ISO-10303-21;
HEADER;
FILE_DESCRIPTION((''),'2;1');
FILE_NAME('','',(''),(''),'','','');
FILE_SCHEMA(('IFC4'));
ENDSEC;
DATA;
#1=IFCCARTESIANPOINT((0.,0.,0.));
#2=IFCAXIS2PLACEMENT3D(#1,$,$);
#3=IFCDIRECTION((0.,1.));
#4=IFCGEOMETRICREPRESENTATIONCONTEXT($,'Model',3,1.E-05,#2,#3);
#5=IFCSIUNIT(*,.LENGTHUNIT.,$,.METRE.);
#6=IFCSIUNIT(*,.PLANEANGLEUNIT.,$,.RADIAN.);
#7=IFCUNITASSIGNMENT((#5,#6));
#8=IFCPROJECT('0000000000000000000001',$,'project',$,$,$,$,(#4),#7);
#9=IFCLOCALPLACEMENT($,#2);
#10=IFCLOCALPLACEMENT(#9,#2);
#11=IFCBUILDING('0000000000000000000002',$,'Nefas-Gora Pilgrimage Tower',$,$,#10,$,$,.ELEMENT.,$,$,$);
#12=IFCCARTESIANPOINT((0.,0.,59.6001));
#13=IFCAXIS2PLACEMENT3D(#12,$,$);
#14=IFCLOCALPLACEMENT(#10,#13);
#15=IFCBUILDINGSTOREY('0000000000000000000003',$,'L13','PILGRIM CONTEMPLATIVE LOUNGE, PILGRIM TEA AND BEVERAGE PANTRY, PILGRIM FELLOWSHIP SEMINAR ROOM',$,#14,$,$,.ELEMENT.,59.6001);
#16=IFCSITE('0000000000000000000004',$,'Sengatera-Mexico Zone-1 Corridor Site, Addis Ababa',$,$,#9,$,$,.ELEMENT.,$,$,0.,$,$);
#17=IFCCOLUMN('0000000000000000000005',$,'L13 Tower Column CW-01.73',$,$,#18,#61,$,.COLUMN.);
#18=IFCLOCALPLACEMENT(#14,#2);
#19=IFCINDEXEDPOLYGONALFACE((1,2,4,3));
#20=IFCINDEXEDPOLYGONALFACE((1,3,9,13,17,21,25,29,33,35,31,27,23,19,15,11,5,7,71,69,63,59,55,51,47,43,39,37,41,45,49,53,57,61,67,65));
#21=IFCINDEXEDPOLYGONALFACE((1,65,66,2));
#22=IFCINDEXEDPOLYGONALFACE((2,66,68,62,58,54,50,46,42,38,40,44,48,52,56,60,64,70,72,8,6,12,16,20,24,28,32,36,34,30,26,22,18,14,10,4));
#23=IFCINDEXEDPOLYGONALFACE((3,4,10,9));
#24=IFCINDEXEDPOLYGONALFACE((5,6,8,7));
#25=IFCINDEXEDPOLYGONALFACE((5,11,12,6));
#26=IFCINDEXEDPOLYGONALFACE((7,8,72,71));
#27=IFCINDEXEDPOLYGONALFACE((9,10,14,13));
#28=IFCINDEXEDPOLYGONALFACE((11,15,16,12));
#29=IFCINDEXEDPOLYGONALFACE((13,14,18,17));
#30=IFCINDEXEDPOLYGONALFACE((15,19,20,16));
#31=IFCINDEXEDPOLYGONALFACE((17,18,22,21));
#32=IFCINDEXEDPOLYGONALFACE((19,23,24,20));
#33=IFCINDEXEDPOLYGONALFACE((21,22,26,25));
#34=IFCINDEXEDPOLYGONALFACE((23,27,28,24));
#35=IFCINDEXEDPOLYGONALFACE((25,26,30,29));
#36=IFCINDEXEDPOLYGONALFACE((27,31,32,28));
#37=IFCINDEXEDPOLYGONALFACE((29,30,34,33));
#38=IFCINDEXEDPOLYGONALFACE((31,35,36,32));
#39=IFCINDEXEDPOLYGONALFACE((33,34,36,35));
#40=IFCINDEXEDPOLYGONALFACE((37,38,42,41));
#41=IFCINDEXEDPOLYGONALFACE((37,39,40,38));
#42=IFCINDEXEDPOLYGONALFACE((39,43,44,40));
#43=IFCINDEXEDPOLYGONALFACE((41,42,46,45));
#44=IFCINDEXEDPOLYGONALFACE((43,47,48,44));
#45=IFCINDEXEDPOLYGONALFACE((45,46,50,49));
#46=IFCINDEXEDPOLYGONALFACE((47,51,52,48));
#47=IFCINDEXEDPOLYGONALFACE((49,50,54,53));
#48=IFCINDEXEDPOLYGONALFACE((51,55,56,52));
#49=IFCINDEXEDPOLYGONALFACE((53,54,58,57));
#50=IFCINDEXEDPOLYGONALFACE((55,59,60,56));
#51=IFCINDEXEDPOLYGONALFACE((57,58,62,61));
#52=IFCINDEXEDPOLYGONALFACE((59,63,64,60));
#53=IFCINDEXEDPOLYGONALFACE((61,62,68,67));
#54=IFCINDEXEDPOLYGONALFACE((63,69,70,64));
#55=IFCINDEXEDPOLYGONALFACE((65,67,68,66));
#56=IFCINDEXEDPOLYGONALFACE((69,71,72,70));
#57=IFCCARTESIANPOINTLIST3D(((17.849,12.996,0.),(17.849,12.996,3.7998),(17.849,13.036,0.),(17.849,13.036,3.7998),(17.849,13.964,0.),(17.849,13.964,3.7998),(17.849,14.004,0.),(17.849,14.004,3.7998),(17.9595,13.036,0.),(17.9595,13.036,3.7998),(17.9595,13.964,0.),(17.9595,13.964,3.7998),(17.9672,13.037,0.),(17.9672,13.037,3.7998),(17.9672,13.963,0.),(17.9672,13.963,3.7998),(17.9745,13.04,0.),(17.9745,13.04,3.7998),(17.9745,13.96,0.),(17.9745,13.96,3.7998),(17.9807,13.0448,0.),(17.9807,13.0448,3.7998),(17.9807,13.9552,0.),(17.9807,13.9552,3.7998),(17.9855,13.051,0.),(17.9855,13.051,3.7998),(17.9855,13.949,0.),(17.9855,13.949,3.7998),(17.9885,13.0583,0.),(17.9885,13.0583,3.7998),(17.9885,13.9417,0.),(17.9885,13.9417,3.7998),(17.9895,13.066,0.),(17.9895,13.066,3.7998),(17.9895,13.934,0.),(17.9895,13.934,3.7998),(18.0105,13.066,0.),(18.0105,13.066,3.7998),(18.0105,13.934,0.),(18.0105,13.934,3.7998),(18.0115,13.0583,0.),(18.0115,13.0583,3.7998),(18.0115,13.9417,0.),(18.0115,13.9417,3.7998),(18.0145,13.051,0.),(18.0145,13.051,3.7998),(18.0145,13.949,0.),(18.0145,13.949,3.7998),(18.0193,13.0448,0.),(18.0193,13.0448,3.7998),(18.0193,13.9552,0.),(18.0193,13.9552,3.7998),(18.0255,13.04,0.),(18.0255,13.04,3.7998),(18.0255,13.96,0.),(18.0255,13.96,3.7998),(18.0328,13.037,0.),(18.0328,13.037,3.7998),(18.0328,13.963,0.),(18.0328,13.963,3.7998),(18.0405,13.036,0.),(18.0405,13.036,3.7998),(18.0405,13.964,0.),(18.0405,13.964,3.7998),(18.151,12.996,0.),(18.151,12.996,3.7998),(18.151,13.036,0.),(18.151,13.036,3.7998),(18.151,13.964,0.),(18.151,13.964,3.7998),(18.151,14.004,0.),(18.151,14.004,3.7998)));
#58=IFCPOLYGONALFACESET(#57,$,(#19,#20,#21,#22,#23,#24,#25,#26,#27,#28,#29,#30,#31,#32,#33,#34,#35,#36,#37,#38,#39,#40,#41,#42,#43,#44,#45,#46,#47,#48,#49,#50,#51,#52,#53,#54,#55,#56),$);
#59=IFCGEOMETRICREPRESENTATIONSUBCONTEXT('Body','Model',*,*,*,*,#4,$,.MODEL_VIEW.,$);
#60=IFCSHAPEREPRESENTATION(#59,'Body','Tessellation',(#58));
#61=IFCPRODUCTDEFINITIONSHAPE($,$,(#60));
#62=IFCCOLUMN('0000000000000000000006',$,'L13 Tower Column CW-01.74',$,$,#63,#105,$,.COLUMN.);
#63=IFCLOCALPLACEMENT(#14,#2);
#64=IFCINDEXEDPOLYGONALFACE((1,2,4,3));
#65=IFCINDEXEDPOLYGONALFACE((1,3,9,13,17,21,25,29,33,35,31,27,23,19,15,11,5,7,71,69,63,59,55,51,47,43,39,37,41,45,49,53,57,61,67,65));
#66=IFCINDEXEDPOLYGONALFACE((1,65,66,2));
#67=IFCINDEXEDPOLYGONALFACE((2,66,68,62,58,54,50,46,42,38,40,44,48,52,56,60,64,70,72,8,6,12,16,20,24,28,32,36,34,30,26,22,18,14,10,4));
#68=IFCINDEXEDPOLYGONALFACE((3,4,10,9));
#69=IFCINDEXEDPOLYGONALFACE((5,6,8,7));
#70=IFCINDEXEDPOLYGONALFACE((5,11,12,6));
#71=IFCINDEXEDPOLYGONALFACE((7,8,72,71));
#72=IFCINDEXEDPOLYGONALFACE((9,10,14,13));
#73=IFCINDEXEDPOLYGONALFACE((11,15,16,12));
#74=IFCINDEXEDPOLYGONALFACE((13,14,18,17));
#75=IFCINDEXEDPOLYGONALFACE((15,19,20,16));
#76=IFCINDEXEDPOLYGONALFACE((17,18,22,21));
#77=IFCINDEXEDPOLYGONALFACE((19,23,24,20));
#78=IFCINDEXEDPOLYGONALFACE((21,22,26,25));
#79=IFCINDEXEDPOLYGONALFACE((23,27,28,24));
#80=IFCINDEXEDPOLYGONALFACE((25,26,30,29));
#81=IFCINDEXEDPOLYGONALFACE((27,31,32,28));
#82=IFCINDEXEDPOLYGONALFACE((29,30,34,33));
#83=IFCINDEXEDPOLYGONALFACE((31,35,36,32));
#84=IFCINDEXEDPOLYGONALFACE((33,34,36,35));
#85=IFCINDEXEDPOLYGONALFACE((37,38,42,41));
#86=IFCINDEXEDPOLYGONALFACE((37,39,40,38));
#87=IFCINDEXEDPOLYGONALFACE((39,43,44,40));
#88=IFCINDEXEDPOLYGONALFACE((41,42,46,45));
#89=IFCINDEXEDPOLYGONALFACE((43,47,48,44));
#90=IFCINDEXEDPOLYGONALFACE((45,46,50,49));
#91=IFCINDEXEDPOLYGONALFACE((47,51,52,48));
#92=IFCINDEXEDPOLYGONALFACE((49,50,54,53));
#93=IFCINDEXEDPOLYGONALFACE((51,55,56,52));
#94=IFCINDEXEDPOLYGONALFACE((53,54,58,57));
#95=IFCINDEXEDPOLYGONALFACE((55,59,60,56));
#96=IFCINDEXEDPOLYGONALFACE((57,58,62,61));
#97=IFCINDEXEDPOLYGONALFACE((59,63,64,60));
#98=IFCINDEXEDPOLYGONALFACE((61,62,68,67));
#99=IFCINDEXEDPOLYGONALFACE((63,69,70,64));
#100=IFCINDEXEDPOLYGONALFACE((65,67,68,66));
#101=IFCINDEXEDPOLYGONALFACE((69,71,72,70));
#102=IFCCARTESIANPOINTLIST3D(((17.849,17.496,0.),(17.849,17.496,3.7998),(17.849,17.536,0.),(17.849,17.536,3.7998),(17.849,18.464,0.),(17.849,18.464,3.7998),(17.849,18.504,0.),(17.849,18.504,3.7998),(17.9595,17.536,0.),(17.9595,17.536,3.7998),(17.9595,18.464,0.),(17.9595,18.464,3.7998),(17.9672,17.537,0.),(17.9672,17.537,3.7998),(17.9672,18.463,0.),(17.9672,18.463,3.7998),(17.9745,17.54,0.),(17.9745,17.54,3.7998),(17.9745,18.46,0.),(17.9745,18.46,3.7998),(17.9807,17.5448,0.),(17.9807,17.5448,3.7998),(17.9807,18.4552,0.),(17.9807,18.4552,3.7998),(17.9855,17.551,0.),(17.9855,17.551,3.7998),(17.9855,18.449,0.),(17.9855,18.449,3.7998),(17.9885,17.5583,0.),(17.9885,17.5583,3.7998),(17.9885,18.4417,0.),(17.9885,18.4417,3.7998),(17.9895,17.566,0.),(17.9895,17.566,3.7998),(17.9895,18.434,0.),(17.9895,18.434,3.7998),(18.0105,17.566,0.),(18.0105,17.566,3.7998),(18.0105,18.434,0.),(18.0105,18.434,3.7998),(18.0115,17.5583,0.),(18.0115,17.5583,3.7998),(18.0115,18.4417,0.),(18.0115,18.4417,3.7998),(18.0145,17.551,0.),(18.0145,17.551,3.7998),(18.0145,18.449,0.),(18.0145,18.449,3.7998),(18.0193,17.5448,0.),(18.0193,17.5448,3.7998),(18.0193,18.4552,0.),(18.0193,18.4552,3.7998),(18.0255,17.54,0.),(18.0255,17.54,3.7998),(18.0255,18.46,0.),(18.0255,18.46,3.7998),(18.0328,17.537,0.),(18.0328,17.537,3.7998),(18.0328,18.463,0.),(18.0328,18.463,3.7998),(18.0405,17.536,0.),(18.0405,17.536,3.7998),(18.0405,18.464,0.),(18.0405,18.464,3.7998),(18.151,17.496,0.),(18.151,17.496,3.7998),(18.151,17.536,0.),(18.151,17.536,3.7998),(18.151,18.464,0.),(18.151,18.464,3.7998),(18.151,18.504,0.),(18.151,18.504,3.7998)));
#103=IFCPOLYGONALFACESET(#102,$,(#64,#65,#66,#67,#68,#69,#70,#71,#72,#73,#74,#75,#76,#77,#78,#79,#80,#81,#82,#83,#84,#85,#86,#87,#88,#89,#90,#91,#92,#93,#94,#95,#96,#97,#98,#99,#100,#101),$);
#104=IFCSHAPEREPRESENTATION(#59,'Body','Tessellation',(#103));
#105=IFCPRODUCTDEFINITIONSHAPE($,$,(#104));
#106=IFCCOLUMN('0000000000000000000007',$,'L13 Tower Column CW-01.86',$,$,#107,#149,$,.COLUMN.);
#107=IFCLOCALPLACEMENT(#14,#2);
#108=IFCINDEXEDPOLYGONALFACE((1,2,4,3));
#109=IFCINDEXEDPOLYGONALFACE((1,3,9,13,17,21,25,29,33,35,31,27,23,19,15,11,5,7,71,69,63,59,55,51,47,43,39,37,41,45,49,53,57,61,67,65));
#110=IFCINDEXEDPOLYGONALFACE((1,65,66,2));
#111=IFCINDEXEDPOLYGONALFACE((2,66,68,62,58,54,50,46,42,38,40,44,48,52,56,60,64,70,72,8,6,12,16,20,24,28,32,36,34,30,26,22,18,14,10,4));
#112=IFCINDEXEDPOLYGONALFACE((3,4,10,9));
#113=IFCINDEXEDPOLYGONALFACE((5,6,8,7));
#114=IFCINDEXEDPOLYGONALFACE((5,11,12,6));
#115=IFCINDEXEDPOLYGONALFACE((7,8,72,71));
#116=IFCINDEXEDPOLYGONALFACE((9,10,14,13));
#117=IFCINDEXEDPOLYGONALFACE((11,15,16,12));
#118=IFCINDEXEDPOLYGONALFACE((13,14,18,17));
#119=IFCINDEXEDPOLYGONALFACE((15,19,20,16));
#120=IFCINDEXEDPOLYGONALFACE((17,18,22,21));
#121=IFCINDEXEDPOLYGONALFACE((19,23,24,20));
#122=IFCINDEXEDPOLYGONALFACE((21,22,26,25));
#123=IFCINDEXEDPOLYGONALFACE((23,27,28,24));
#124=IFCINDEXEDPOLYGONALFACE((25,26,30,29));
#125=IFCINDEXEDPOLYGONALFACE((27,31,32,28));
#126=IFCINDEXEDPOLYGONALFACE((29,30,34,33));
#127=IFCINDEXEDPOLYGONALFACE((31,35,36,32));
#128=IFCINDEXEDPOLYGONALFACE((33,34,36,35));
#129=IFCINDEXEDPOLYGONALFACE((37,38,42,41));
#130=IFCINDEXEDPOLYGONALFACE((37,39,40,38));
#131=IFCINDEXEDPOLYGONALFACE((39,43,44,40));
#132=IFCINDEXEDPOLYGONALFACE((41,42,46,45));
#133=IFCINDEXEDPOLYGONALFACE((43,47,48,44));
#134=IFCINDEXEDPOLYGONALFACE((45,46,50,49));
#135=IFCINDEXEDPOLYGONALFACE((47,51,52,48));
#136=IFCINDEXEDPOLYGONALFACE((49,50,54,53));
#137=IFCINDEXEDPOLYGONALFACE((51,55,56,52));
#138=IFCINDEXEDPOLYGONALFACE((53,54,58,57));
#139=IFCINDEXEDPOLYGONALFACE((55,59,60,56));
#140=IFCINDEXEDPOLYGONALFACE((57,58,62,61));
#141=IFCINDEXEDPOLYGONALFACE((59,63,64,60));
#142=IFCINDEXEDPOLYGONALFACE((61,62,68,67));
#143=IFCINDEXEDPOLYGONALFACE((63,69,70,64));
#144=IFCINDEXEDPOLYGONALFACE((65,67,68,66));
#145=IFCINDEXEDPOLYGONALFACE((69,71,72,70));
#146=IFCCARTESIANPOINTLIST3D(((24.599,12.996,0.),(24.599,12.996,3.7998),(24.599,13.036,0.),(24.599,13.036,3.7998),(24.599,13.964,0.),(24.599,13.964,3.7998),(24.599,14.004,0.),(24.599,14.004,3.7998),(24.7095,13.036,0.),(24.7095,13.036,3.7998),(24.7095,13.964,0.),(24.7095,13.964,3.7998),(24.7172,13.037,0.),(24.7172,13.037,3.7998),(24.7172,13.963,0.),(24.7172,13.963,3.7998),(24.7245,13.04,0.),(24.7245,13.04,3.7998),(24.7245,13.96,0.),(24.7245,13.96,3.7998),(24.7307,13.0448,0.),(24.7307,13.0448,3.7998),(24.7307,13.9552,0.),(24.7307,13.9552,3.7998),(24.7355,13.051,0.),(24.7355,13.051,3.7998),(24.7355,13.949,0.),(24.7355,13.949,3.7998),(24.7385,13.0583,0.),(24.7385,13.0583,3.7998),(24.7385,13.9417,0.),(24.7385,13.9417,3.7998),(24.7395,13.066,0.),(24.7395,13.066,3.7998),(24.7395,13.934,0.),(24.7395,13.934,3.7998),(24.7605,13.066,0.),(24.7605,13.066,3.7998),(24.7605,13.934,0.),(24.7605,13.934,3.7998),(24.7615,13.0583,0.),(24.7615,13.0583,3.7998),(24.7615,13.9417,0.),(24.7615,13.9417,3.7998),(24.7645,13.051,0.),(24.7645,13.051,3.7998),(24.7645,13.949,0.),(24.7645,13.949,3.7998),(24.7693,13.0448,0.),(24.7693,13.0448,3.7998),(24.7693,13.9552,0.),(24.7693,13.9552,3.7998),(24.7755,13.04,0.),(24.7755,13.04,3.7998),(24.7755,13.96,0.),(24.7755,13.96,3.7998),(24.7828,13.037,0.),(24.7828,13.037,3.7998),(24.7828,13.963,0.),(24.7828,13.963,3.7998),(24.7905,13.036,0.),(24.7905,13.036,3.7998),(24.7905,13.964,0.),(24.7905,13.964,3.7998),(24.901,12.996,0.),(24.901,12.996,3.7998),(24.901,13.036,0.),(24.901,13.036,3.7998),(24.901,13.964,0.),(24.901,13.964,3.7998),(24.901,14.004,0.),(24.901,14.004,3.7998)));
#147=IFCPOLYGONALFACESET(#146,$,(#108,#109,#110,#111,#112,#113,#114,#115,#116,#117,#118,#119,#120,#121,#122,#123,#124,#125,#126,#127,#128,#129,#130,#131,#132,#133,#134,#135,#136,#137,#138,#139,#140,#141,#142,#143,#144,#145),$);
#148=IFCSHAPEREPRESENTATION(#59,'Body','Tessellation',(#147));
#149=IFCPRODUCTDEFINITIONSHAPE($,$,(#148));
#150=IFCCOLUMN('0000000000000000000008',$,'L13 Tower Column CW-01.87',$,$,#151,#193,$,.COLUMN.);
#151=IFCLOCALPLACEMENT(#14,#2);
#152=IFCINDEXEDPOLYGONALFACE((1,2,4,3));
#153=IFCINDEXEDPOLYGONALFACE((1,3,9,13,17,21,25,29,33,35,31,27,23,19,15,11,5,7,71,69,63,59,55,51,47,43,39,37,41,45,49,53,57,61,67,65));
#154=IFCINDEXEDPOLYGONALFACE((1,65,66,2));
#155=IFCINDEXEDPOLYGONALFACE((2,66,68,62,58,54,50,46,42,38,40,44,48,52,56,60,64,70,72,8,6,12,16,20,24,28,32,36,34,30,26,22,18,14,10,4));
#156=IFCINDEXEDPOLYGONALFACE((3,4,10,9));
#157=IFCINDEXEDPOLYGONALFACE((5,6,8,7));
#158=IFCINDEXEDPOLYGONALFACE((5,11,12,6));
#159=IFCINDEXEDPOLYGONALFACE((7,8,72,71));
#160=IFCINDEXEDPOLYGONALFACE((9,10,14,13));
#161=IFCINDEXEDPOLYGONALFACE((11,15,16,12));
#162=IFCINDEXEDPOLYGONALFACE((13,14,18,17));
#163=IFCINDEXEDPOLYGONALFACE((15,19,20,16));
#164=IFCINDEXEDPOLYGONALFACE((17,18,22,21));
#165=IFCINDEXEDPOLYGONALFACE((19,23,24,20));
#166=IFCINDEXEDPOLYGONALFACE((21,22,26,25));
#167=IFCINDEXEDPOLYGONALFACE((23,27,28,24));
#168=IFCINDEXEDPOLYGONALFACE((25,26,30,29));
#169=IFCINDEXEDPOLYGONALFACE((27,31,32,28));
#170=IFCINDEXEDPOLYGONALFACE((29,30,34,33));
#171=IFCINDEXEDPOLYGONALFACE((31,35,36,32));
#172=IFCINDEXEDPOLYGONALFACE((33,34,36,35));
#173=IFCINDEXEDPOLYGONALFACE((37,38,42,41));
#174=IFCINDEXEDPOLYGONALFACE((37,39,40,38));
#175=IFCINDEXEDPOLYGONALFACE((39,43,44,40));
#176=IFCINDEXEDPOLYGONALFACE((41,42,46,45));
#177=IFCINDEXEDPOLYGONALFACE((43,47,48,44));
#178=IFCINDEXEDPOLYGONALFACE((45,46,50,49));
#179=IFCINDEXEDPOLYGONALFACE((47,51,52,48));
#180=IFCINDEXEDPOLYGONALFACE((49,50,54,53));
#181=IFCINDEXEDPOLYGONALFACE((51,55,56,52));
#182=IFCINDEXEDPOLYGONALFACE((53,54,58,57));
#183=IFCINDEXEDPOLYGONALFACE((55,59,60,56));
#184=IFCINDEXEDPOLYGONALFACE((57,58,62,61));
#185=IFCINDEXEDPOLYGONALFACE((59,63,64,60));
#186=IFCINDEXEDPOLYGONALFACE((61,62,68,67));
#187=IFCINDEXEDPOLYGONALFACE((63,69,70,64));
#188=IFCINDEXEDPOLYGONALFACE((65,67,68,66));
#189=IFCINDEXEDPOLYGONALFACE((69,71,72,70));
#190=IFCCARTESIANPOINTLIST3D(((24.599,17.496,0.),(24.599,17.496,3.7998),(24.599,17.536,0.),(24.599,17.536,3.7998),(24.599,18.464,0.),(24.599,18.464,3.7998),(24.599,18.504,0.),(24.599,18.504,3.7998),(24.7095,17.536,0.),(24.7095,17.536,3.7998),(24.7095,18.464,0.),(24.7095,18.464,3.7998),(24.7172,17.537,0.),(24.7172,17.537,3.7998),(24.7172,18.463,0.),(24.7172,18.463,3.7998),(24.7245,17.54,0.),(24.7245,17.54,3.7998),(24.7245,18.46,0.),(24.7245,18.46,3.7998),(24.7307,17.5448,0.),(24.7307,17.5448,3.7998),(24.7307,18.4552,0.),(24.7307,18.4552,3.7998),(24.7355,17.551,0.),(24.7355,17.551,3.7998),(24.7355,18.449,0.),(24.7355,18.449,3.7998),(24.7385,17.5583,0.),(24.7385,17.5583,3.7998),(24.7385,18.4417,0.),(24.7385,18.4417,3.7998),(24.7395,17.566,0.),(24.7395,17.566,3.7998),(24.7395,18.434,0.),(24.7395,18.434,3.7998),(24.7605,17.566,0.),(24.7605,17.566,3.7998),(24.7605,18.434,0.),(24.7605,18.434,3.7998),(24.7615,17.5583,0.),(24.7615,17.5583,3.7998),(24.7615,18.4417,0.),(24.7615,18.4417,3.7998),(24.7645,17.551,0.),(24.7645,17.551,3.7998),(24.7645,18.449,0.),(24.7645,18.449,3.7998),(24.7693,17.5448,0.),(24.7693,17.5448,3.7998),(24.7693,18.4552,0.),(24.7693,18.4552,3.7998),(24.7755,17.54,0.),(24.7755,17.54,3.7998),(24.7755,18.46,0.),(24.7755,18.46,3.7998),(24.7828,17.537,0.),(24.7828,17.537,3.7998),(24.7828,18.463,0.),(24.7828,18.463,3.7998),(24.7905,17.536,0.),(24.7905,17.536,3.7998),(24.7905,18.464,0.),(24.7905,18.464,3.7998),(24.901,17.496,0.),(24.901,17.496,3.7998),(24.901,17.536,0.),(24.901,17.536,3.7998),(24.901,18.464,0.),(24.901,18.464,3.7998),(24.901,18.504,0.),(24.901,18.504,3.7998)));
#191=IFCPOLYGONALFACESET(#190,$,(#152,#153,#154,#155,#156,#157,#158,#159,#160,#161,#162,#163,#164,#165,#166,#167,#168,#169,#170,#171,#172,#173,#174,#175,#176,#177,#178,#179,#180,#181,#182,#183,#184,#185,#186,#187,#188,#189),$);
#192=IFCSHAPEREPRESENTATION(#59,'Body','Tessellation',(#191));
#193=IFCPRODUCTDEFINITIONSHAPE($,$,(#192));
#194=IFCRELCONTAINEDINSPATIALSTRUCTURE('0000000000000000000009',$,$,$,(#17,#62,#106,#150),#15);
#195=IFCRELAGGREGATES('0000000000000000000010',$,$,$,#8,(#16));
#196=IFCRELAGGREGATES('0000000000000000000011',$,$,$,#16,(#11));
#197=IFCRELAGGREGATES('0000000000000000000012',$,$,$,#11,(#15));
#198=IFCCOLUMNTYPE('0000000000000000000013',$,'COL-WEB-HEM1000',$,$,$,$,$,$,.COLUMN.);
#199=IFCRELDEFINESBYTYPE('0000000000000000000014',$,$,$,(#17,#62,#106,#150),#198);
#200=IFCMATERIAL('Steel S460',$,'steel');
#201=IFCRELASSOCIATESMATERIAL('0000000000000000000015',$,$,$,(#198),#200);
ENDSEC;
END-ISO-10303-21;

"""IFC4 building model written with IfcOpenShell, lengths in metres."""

from ifc_helpers import new_model, si_unit, direction, frame, origin, origin_2d, place, context, subcontext, project, spatial, i_section, extrude, source, transform, mapped, material, material_profile, profile_set, type_object, element, save


model = new_model("IFC4")

# Units and contexts
model_context = context("Model", 3, precision=1e-05, world=origin(), true_north=direction((0.0, 1.0)))
body_context = subcontext(model_context, "Body", "Model", "MODEL_VIEW")
ifc_project = project(units=[si_unit("LENGTHUNIT", "METRE"), si_unit("PLANEANGLEUNIT", "RADIAN")], contexts=[model_context])

# Site, building, storey
site_placement = place(None, origin())
site = spatial("IfcSite", under=ifc_project, at=site_placement, Name="Sengatera-Mexico Zone-1 Corridor Site, Addis Ababa", CompositionType="ELEMENT", RefElevation=0.0)
building_placement = place(site_placement, origin())
building = spatial("IfcBuilding", under=site, at=building_placement, Name="Nefas-Gora Pilgrimage Tower", CompositionType="ELEMENT")
storey_placement = place(building_placement, frame((0.0, 0.0, 59.6001)))
storey = spatial("IfcBuildingStorey", under=building, at=storey_placement, Name="L13", Description="PILGRIM CONTEMPLATIVE LOUNGE, PILGRIM TEA AND BEVERAGE PANTRY, PILGRIM FELLOWSHIP SEMINAR ROOM", CompositionType="ELEMENT", Elevation=59.6001)

# Columns
ifc_material_1 = material(Name="Steel S460", Category="steel")
ifc_material_profile_1 = material_profile(ifc_material_1, i_section(OverallWidth=0.302, OverallDepth=1.0081, WebThickness=0.021, FlangeThickness=0.04, FilletRadius=0.03, at=origin_2d()), Name="HEM 1000")
ifc_profile_set_1 = profile_set([ifc_material_profile_1], Name="Steel S460")
column_type_1 = type_object("IfcColumnType", Name="COL-WEB-HEM1000", PredefinedType="COLUMN", material=ifc_profile_set_1)
shared_shape_1 = source(origin(), body_context, "Body", "SweptSolid", [
    extrude(i_section(OverallWidth=0.302, OverallDepth=1.0081, WebThickness=0.021, FlangeThickness=0.04, FilletRadius=0.03, at=origin_2d()), origin(), (0.0, 0.0, 1.0), 3.7998),
])
for number, where, z_axis, x_axis, name in (
    (1, (18.0, 13.5, 0.0), (0.0, 0.0, 1.0), (1.0, 0.0, 0.0), "L13 Tower Column CW-01.73"),
    (2, (18.0, 18.0, 0.0), (0.0, 0.0, 1.0), (1.0, 0.0, 0.0), "L13 Tower Column CW-01.74"),
    (3, (24.75, 13.5, 0.0), (0.0, 0.0, 1.0), (1.0, 0.0, 0.0), "L13 Tower Column CW-01.86"),
    (4, (24.75, 18.0, 0.0), (0.0, 0.0, 1.0), (1.0, 0.0, 0.0), "L13 Tower Column CW-01.87"),
):
    element("IfcColumn", number, at=place(storey_placement, frame(where, z_axis=z_axis, x_axis=x_axis)), inside=storey, type_object=column_type_1, Name=name, PredefinedType="COLUMN", context=body_context, shape_type="MappedRepresentation", body=[
        mapped(shared_shape_1, transform((0.0, 0.0, 0.0), x_axis=(1.0, 0.0, 0.0), y_axis=(0.0, 1.0, 0.0), z_axis=(0.0, 0.0, 1.0), scale=1.0)),
    ])

save(model, "model.ifc")
